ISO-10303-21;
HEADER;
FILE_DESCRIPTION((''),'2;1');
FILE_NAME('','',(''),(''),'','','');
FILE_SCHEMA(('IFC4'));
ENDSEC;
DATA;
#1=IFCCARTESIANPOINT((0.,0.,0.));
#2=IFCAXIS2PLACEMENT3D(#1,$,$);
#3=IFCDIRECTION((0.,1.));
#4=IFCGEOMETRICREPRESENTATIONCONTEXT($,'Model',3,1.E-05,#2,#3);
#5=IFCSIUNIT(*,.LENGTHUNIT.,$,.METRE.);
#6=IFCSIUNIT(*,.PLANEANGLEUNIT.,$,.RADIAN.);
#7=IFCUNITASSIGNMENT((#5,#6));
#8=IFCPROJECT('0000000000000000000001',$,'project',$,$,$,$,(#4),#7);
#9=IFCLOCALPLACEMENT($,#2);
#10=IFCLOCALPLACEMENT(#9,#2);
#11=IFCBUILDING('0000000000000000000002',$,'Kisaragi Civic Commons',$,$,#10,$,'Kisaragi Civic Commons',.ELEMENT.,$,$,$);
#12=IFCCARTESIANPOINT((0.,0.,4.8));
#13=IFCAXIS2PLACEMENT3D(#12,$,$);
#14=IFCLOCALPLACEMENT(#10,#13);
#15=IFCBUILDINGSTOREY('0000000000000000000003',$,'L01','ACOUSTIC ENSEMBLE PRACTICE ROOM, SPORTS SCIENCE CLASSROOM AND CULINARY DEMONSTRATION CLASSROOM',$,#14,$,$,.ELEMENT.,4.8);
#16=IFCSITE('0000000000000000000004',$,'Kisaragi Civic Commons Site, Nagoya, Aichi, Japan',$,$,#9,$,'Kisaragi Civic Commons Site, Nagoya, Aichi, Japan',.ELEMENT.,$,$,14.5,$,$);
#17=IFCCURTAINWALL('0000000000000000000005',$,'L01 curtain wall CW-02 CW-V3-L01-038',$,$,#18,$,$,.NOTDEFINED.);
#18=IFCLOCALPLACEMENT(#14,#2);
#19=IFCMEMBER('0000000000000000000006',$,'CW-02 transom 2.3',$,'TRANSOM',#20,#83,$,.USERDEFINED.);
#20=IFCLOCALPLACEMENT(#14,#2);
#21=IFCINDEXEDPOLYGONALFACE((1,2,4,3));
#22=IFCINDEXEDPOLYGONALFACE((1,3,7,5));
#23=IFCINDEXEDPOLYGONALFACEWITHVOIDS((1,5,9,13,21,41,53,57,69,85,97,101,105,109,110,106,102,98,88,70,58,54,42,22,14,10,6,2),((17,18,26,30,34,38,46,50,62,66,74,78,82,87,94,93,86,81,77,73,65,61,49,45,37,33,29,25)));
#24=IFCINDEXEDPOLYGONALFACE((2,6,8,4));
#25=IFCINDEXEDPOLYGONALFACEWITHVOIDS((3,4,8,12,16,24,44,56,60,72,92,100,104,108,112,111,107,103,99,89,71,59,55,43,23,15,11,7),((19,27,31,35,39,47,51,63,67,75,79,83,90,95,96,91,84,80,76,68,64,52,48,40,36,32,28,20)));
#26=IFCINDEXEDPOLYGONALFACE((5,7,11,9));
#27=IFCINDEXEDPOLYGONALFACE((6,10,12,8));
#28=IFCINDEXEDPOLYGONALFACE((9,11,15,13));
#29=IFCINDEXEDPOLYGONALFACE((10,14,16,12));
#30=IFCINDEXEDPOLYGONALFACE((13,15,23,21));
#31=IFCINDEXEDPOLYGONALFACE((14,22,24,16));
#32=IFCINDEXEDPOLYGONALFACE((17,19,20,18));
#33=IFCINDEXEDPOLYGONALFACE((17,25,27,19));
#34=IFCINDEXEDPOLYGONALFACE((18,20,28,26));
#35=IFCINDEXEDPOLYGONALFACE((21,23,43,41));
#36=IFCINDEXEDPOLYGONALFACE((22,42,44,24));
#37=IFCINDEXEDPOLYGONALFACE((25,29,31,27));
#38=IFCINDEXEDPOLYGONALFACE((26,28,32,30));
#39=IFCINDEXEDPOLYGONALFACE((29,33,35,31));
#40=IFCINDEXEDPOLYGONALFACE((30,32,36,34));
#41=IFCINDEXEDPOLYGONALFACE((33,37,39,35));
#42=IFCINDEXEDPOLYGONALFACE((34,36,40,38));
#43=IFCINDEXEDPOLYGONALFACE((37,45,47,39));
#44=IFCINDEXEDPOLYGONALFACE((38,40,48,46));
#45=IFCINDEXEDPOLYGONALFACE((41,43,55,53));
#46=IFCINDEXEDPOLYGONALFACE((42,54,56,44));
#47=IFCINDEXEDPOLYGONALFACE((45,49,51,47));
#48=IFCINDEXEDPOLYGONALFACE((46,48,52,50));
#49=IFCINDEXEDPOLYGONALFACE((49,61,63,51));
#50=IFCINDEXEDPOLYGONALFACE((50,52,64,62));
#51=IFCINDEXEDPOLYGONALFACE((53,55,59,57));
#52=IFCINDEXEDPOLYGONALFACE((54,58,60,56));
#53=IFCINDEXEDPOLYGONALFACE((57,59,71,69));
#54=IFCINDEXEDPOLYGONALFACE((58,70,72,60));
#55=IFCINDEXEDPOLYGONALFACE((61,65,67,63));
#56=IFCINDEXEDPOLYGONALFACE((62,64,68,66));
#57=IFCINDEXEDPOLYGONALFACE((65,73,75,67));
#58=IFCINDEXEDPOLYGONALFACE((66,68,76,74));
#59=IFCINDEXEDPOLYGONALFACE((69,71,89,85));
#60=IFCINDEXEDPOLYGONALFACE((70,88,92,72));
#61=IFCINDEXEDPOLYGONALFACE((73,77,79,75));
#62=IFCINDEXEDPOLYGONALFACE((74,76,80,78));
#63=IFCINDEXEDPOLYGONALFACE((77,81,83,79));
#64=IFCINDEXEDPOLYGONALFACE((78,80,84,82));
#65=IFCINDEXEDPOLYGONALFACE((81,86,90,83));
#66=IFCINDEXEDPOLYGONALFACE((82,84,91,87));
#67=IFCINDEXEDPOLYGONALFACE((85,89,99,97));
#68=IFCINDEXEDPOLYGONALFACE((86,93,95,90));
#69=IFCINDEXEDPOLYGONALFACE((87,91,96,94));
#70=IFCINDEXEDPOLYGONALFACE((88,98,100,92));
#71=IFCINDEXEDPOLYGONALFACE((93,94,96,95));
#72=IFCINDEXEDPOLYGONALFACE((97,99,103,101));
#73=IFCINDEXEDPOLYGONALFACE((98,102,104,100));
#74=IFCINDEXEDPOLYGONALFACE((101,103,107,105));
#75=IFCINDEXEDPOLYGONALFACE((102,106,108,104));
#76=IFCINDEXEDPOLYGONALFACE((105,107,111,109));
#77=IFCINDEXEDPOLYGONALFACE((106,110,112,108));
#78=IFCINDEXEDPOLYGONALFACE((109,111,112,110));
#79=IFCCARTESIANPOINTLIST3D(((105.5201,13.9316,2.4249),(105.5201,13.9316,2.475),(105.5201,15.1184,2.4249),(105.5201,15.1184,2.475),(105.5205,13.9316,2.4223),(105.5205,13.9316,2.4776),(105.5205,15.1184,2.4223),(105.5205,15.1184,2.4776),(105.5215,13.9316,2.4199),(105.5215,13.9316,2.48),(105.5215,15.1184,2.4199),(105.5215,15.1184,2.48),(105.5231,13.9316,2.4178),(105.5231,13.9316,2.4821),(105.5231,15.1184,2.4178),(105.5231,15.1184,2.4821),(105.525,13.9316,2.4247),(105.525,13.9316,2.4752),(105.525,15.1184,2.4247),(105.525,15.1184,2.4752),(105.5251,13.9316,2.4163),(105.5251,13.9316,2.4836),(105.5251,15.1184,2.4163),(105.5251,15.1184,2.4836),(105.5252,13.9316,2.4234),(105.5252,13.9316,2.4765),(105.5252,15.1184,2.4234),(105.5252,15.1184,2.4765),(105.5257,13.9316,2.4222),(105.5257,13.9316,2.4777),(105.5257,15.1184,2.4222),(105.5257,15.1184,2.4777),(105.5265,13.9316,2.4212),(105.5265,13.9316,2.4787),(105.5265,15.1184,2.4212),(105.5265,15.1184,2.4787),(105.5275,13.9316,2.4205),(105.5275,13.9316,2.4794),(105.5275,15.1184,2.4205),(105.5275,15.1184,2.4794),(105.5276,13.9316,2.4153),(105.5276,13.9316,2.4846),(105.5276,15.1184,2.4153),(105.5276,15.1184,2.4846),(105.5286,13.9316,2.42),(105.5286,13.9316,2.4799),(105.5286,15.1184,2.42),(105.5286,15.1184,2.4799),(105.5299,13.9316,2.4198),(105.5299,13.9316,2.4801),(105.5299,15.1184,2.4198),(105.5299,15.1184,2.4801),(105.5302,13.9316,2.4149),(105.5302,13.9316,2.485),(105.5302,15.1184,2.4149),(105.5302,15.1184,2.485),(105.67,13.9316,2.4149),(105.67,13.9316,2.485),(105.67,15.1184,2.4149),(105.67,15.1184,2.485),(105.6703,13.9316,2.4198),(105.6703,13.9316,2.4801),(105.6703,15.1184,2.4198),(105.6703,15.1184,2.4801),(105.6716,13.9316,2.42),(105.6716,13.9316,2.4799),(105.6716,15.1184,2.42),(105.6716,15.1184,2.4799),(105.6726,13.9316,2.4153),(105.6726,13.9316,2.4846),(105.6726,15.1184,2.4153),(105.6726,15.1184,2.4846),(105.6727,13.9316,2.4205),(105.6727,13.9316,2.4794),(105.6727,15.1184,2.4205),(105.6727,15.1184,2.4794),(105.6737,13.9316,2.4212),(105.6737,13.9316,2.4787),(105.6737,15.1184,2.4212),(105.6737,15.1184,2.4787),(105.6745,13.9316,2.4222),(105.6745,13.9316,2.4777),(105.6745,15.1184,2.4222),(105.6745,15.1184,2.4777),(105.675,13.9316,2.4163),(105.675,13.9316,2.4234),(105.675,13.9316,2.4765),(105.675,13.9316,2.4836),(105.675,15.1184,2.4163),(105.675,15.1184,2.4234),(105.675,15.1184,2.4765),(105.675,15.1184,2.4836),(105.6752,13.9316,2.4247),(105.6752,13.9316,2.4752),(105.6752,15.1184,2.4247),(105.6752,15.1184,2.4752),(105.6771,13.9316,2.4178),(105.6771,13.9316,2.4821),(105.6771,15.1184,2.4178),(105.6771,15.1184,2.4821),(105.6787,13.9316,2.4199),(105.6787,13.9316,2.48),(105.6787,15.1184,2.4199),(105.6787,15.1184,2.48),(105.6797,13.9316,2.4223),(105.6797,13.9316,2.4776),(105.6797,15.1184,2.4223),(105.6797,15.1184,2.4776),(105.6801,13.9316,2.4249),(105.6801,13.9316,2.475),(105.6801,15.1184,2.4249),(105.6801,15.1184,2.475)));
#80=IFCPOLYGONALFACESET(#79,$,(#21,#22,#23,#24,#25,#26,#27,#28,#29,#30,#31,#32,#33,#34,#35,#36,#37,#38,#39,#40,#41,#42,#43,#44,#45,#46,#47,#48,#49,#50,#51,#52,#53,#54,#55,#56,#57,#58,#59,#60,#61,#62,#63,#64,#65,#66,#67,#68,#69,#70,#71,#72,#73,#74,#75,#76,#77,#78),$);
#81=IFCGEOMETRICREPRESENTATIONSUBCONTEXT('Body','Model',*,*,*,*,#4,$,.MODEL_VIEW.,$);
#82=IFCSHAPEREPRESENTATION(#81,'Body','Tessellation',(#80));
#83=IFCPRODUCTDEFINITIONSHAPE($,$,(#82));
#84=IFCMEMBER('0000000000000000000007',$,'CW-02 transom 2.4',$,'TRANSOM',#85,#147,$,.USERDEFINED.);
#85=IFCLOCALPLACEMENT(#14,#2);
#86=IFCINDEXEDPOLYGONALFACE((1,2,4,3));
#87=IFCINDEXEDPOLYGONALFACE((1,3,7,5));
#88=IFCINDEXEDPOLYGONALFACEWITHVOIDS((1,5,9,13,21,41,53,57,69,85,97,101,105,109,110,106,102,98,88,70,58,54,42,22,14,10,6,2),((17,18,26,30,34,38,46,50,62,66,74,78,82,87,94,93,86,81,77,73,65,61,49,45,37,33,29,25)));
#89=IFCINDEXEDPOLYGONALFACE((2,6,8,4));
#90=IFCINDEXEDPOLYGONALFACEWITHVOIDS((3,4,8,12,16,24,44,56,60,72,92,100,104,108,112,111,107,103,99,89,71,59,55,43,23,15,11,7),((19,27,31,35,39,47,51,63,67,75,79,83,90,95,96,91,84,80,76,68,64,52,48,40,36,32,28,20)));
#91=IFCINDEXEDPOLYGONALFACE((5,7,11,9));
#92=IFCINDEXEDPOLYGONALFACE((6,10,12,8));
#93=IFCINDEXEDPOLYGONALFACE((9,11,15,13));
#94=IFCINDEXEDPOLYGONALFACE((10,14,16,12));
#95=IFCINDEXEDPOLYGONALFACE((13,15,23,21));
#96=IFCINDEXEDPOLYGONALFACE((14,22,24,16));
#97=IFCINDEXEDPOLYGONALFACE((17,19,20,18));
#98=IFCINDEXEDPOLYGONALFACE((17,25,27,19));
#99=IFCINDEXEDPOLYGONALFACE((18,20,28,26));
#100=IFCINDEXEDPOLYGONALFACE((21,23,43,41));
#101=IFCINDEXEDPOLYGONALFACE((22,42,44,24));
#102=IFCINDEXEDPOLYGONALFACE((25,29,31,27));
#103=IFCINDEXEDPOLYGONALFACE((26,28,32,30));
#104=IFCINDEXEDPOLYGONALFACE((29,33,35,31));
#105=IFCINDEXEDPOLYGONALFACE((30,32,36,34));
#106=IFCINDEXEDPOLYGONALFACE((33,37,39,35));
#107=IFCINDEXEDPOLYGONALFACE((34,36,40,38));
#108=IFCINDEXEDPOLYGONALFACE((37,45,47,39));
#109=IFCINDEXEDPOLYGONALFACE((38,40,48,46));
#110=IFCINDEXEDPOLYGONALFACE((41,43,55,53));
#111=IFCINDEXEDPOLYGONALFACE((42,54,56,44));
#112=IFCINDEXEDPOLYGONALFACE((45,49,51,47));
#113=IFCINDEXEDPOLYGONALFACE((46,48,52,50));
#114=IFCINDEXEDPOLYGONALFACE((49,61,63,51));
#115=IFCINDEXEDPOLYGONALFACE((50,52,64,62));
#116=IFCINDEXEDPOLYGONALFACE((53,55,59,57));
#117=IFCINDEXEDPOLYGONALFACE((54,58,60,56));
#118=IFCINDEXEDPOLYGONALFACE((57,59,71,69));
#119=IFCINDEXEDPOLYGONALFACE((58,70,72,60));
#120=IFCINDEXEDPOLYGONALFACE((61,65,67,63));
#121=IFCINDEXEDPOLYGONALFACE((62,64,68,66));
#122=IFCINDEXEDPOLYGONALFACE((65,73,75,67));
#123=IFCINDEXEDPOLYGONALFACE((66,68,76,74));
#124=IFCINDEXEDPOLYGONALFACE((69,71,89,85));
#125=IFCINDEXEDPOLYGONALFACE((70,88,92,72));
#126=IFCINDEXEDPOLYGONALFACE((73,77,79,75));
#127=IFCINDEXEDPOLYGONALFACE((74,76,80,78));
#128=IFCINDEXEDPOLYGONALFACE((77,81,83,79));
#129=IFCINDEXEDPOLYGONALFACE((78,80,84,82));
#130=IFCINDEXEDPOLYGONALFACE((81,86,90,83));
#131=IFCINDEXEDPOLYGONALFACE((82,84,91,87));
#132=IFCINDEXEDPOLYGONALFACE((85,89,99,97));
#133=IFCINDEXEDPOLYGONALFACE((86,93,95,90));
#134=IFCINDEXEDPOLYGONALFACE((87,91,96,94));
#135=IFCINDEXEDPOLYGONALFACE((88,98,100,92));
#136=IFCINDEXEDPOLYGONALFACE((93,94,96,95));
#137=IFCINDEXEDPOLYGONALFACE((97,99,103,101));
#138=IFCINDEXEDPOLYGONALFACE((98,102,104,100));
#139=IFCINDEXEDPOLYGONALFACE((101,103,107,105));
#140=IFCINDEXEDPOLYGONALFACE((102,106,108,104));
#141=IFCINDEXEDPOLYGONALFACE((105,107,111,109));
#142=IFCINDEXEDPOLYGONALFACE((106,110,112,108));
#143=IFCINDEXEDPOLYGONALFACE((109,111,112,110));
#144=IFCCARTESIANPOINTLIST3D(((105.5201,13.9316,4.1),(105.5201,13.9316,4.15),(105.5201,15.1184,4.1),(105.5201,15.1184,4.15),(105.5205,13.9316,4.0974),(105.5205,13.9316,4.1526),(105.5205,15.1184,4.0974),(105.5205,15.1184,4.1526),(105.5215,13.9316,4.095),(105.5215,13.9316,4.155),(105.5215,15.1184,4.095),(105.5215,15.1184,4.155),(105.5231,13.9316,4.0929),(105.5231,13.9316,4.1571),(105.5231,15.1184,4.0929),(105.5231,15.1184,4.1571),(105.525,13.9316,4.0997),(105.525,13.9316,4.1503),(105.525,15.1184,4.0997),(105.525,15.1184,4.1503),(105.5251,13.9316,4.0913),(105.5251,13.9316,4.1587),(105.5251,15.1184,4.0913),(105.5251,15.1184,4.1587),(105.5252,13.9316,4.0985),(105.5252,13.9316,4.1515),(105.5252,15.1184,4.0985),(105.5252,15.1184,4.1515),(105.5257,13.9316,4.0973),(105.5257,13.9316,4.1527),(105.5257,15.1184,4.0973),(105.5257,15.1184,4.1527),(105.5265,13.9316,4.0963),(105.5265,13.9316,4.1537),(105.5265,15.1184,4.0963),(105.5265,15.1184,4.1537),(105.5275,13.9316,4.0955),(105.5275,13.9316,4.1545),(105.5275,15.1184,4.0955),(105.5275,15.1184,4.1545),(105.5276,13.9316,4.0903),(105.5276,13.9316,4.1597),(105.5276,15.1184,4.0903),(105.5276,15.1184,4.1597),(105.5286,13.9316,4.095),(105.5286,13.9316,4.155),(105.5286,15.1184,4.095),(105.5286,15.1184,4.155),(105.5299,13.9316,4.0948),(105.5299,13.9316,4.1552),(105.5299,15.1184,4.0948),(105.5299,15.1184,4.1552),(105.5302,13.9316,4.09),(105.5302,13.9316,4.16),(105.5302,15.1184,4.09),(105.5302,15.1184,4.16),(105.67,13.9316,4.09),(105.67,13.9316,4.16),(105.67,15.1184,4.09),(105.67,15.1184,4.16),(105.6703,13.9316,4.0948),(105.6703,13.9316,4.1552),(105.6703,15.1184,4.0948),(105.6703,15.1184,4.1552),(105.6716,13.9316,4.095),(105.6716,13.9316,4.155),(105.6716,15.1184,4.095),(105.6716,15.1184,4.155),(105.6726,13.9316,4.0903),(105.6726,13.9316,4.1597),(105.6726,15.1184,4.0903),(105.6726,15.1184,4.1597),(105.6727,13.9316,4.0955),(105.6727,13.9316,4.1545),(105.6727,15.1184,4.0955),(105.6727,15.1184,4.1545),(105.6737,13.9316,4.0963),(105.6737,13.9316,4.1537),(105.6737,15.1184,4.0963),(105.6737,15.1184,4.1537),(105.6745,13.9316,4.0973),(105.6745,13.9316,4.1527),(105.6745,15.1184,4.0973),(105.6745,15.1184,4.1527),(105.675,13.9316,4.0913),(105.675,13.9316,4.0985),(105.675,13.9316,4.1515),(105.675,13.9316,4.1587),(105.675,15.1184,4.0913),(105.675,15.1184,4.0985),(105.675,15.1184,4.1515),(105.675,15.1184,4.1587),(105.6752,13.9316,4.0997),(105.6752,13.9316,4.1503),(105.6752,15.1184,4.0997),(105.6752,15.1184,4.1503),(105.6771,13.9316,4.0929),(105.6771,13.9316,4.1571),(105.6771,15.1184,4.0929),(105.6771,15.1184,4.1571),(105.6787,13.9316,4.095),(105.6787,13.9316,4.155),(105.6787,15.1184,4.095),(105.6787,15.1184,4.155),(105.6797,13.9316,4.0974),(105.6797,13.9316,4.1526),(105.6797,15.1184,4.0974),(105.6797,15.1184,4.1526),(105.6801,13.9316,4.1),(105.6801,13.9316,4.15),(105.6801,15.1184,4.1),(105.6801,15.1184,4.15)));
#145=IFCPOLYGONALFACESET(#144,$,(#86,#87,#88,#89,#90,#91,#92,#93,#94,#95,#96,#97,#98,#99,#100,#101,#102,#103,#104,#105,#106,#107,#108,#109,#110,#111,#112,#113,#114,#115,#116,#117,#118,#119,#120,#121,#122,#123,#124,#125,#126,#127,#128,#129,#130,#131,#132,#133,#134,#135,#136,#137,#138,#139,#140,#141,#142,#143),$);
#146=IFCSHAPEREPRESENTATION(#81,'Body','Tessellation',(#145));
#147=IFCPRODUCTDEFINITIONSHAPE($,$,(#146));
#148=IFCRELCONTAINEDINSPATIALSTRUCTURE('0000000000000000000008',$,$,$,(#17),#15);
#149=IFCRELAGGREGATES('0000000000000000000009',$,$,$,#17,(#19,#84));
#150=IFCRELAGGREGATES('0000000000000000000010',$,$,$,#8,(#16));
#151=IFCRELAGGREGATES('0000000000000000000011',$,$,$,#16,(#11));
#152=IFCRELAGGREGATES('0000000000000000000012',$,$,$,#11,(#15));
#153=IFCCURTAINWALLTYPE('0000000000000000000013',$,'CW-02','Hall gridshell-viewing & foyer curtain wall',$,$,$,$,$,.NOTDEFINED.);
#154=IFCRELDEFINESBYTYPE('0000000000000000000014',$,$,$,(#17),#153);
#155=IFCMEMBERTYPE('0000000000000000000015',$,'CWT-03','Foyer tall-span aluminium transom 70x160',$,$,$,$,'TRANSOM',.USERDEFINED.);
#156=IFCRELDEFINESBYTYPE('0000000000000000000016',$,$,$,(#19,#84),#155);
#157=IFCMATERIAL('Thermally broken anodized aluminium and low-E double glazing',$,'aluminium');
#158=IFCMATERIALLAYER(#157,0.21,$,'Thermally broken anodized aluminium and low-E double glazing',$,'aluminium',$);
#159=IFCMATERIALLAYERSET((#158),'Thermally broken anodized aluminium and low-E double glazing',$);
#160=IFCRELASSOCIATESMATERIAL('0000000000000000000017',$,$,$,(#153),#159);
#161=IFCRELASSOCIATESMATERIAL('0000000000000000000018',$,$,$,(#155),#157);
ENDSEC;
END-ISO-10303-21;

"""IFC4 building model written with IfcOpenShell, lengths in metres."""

from ifc_helpers import new_model, si_unit, direction, frame, origin, origin_2d, place, context, subcontext, project, spatial, hollow_rectangle, extrude, material, layer, layer_set, material_profile, profile_set, type_object, element, aggregate, save


model = new_model("IFC4")

# Units and contexts
model_context = context("Model", 3, precision=1e-05, world=origin(), true_north=direction((0.0, 1.0)))
body_context = subcontext(model_context, "Body", "Model", "MODEL_VIEW")
ifc_project = project(units=[si_unit("LENGTHUNIT", "METRE"), si_unit("PLANEANGLEUNIT", "RADIAN")], contexts=[model_context])

# Site, building, storey
site_placement = place(None, origin())
site = spatial("IfcSite", under=ifc_project, at=site_placement, Name="Kisaragi Civic Commons Site, Nagoya, Aichi, Japan", LongName="Kisaragi Civic Commons Site, Nagoya, Aichi, Japan", CompositionType="ELEMENT", RefElevation=14.5)
building_placement = place(site_placement, origin())
building = spatial("IfcBuilding", under=site, at=building_placement, Name="Kisaragi Civic Commons", LongName="Kisaragi Civic Commons", CompositionType="ELEMENT")
storey_placement = place(building_placement, frame((0.0, 0.0, 4.8)))
storey = spatial("IfcBuildingStorey", under=building, at=storey_placement, Name="L01", Description="ACOUSTIC ENSEMBLE PRACTICE ROOM, SPORTS SCIENCE CLASSROOM AND CULINARY DEMONSTRATION CLASSROOM", CompositionType="ELEMENT", Elevation=4.8)

# Shared definitions
ifc_material_1 = material(Name="Thermally broken anodized aluminium and low-E double glazing", Category="aluminium")
ifc_layer_1 = layer(ifc_material_1, 0.21, Name="Thermally broken anodized aluminium and low-E double glazing", Category="aluminium")
ifc_layer_set_1 = layer_set([ifc_layer_1], Name="Thermally broken anodized aluminium and low-E double glazing")
curtain_wall_type = type_object("IfcCurtainWallType", Name="CW-02", Description="Hall gridshell-viewing & foyer curtain wall", PredefinedType="NOTDEFINED", material=ifc_layer_set_1)

# Curtain wall, members
curtain_wall_1_placement = place(storey_placement, origin())
curtain_wall_1 = element("IfcCurtainWall", 1, at=curtain_wall_1_placement, inside=storey, type_object=curtain_wall_type, Name="L01 curtain wall CW-02 CW-V3-L01-038", PredefinedType="NOTDEFINED")
ifc_material_profile_1 = material_profile(ifc_material_1, hollow_rectangle(XDim=0.1599, YDim=0.0701, WallThickness=0.0049, InnerFilletRadius=0.0049, OuterFilletRadius=0.01, at=origin_2d()), Name="CWT-70x160x5", Category="aluminium")
ifc_profile_set_1 = profile_set([ifc_material_profile_1], Name="Thermally broken anodized aluminium and low-E double glazing")
member_type_1 = type_object("IfcMemberType", Name="CWT-03", Description="Foyer tall-span aluminium transom 70x160", ElementType="TRANSOM", PredefinedType="USERDEFINED", material=ifc_profile_set_1)
member_1_placement = place(storey_placement, frame((105.6001, 13.9316, 2.45), z_axis=(0.0, 1.0, 0.0), x_axis=(-1.0, 0.0, 0.0)))
member_1 = element("IfcMember", 2, at=member_1_placement, type_object=member_type_1, Name="CW-02 transom 2.3", ObjectType="TRANSOM", PredefinedType="USERDEFINED", context=body_context, shape_type="SweptSolid", body=[
    extrude(hollow_rectangle(XDim=0.1599, YDim=0.0701, WallThickness=0.0049, InnerFilletRadius=0.0049, OuterFilletRadius=0.01, at=origin_2d()), origin(), (0.0, 0.0, 1.0), 1.1868),
])
member_2_placement = place(storey_placement, frame((105.6001, 13.9316, 4.125), z_axis=(0.0, 1.0, 0.0), x_axis=(-1.0, 0.0, 0.0)))
member_2 = element("IfcMember", 3, at=member_2_placement, type_object=member_type_1, Name="CW-02 transom 2.4", ObjectType="TRANSOM", PredefinedType="USERDEFINED", context=body_context, shape_type="SweptSolid", body=[
    extrude(hollow_rectangle(XDim=0.1599, YDim=0.0701, WallThickness=0.0049, InnerFilletRadius=0.0049, OuterFilletRadius=0.01, at=origin_2d()), origin(), (0.0, 0.0, 1.0), 1.1868),
])

aggregate(curtain_wall_1, [member_1, member_2])

save(model, "model.ifc")
